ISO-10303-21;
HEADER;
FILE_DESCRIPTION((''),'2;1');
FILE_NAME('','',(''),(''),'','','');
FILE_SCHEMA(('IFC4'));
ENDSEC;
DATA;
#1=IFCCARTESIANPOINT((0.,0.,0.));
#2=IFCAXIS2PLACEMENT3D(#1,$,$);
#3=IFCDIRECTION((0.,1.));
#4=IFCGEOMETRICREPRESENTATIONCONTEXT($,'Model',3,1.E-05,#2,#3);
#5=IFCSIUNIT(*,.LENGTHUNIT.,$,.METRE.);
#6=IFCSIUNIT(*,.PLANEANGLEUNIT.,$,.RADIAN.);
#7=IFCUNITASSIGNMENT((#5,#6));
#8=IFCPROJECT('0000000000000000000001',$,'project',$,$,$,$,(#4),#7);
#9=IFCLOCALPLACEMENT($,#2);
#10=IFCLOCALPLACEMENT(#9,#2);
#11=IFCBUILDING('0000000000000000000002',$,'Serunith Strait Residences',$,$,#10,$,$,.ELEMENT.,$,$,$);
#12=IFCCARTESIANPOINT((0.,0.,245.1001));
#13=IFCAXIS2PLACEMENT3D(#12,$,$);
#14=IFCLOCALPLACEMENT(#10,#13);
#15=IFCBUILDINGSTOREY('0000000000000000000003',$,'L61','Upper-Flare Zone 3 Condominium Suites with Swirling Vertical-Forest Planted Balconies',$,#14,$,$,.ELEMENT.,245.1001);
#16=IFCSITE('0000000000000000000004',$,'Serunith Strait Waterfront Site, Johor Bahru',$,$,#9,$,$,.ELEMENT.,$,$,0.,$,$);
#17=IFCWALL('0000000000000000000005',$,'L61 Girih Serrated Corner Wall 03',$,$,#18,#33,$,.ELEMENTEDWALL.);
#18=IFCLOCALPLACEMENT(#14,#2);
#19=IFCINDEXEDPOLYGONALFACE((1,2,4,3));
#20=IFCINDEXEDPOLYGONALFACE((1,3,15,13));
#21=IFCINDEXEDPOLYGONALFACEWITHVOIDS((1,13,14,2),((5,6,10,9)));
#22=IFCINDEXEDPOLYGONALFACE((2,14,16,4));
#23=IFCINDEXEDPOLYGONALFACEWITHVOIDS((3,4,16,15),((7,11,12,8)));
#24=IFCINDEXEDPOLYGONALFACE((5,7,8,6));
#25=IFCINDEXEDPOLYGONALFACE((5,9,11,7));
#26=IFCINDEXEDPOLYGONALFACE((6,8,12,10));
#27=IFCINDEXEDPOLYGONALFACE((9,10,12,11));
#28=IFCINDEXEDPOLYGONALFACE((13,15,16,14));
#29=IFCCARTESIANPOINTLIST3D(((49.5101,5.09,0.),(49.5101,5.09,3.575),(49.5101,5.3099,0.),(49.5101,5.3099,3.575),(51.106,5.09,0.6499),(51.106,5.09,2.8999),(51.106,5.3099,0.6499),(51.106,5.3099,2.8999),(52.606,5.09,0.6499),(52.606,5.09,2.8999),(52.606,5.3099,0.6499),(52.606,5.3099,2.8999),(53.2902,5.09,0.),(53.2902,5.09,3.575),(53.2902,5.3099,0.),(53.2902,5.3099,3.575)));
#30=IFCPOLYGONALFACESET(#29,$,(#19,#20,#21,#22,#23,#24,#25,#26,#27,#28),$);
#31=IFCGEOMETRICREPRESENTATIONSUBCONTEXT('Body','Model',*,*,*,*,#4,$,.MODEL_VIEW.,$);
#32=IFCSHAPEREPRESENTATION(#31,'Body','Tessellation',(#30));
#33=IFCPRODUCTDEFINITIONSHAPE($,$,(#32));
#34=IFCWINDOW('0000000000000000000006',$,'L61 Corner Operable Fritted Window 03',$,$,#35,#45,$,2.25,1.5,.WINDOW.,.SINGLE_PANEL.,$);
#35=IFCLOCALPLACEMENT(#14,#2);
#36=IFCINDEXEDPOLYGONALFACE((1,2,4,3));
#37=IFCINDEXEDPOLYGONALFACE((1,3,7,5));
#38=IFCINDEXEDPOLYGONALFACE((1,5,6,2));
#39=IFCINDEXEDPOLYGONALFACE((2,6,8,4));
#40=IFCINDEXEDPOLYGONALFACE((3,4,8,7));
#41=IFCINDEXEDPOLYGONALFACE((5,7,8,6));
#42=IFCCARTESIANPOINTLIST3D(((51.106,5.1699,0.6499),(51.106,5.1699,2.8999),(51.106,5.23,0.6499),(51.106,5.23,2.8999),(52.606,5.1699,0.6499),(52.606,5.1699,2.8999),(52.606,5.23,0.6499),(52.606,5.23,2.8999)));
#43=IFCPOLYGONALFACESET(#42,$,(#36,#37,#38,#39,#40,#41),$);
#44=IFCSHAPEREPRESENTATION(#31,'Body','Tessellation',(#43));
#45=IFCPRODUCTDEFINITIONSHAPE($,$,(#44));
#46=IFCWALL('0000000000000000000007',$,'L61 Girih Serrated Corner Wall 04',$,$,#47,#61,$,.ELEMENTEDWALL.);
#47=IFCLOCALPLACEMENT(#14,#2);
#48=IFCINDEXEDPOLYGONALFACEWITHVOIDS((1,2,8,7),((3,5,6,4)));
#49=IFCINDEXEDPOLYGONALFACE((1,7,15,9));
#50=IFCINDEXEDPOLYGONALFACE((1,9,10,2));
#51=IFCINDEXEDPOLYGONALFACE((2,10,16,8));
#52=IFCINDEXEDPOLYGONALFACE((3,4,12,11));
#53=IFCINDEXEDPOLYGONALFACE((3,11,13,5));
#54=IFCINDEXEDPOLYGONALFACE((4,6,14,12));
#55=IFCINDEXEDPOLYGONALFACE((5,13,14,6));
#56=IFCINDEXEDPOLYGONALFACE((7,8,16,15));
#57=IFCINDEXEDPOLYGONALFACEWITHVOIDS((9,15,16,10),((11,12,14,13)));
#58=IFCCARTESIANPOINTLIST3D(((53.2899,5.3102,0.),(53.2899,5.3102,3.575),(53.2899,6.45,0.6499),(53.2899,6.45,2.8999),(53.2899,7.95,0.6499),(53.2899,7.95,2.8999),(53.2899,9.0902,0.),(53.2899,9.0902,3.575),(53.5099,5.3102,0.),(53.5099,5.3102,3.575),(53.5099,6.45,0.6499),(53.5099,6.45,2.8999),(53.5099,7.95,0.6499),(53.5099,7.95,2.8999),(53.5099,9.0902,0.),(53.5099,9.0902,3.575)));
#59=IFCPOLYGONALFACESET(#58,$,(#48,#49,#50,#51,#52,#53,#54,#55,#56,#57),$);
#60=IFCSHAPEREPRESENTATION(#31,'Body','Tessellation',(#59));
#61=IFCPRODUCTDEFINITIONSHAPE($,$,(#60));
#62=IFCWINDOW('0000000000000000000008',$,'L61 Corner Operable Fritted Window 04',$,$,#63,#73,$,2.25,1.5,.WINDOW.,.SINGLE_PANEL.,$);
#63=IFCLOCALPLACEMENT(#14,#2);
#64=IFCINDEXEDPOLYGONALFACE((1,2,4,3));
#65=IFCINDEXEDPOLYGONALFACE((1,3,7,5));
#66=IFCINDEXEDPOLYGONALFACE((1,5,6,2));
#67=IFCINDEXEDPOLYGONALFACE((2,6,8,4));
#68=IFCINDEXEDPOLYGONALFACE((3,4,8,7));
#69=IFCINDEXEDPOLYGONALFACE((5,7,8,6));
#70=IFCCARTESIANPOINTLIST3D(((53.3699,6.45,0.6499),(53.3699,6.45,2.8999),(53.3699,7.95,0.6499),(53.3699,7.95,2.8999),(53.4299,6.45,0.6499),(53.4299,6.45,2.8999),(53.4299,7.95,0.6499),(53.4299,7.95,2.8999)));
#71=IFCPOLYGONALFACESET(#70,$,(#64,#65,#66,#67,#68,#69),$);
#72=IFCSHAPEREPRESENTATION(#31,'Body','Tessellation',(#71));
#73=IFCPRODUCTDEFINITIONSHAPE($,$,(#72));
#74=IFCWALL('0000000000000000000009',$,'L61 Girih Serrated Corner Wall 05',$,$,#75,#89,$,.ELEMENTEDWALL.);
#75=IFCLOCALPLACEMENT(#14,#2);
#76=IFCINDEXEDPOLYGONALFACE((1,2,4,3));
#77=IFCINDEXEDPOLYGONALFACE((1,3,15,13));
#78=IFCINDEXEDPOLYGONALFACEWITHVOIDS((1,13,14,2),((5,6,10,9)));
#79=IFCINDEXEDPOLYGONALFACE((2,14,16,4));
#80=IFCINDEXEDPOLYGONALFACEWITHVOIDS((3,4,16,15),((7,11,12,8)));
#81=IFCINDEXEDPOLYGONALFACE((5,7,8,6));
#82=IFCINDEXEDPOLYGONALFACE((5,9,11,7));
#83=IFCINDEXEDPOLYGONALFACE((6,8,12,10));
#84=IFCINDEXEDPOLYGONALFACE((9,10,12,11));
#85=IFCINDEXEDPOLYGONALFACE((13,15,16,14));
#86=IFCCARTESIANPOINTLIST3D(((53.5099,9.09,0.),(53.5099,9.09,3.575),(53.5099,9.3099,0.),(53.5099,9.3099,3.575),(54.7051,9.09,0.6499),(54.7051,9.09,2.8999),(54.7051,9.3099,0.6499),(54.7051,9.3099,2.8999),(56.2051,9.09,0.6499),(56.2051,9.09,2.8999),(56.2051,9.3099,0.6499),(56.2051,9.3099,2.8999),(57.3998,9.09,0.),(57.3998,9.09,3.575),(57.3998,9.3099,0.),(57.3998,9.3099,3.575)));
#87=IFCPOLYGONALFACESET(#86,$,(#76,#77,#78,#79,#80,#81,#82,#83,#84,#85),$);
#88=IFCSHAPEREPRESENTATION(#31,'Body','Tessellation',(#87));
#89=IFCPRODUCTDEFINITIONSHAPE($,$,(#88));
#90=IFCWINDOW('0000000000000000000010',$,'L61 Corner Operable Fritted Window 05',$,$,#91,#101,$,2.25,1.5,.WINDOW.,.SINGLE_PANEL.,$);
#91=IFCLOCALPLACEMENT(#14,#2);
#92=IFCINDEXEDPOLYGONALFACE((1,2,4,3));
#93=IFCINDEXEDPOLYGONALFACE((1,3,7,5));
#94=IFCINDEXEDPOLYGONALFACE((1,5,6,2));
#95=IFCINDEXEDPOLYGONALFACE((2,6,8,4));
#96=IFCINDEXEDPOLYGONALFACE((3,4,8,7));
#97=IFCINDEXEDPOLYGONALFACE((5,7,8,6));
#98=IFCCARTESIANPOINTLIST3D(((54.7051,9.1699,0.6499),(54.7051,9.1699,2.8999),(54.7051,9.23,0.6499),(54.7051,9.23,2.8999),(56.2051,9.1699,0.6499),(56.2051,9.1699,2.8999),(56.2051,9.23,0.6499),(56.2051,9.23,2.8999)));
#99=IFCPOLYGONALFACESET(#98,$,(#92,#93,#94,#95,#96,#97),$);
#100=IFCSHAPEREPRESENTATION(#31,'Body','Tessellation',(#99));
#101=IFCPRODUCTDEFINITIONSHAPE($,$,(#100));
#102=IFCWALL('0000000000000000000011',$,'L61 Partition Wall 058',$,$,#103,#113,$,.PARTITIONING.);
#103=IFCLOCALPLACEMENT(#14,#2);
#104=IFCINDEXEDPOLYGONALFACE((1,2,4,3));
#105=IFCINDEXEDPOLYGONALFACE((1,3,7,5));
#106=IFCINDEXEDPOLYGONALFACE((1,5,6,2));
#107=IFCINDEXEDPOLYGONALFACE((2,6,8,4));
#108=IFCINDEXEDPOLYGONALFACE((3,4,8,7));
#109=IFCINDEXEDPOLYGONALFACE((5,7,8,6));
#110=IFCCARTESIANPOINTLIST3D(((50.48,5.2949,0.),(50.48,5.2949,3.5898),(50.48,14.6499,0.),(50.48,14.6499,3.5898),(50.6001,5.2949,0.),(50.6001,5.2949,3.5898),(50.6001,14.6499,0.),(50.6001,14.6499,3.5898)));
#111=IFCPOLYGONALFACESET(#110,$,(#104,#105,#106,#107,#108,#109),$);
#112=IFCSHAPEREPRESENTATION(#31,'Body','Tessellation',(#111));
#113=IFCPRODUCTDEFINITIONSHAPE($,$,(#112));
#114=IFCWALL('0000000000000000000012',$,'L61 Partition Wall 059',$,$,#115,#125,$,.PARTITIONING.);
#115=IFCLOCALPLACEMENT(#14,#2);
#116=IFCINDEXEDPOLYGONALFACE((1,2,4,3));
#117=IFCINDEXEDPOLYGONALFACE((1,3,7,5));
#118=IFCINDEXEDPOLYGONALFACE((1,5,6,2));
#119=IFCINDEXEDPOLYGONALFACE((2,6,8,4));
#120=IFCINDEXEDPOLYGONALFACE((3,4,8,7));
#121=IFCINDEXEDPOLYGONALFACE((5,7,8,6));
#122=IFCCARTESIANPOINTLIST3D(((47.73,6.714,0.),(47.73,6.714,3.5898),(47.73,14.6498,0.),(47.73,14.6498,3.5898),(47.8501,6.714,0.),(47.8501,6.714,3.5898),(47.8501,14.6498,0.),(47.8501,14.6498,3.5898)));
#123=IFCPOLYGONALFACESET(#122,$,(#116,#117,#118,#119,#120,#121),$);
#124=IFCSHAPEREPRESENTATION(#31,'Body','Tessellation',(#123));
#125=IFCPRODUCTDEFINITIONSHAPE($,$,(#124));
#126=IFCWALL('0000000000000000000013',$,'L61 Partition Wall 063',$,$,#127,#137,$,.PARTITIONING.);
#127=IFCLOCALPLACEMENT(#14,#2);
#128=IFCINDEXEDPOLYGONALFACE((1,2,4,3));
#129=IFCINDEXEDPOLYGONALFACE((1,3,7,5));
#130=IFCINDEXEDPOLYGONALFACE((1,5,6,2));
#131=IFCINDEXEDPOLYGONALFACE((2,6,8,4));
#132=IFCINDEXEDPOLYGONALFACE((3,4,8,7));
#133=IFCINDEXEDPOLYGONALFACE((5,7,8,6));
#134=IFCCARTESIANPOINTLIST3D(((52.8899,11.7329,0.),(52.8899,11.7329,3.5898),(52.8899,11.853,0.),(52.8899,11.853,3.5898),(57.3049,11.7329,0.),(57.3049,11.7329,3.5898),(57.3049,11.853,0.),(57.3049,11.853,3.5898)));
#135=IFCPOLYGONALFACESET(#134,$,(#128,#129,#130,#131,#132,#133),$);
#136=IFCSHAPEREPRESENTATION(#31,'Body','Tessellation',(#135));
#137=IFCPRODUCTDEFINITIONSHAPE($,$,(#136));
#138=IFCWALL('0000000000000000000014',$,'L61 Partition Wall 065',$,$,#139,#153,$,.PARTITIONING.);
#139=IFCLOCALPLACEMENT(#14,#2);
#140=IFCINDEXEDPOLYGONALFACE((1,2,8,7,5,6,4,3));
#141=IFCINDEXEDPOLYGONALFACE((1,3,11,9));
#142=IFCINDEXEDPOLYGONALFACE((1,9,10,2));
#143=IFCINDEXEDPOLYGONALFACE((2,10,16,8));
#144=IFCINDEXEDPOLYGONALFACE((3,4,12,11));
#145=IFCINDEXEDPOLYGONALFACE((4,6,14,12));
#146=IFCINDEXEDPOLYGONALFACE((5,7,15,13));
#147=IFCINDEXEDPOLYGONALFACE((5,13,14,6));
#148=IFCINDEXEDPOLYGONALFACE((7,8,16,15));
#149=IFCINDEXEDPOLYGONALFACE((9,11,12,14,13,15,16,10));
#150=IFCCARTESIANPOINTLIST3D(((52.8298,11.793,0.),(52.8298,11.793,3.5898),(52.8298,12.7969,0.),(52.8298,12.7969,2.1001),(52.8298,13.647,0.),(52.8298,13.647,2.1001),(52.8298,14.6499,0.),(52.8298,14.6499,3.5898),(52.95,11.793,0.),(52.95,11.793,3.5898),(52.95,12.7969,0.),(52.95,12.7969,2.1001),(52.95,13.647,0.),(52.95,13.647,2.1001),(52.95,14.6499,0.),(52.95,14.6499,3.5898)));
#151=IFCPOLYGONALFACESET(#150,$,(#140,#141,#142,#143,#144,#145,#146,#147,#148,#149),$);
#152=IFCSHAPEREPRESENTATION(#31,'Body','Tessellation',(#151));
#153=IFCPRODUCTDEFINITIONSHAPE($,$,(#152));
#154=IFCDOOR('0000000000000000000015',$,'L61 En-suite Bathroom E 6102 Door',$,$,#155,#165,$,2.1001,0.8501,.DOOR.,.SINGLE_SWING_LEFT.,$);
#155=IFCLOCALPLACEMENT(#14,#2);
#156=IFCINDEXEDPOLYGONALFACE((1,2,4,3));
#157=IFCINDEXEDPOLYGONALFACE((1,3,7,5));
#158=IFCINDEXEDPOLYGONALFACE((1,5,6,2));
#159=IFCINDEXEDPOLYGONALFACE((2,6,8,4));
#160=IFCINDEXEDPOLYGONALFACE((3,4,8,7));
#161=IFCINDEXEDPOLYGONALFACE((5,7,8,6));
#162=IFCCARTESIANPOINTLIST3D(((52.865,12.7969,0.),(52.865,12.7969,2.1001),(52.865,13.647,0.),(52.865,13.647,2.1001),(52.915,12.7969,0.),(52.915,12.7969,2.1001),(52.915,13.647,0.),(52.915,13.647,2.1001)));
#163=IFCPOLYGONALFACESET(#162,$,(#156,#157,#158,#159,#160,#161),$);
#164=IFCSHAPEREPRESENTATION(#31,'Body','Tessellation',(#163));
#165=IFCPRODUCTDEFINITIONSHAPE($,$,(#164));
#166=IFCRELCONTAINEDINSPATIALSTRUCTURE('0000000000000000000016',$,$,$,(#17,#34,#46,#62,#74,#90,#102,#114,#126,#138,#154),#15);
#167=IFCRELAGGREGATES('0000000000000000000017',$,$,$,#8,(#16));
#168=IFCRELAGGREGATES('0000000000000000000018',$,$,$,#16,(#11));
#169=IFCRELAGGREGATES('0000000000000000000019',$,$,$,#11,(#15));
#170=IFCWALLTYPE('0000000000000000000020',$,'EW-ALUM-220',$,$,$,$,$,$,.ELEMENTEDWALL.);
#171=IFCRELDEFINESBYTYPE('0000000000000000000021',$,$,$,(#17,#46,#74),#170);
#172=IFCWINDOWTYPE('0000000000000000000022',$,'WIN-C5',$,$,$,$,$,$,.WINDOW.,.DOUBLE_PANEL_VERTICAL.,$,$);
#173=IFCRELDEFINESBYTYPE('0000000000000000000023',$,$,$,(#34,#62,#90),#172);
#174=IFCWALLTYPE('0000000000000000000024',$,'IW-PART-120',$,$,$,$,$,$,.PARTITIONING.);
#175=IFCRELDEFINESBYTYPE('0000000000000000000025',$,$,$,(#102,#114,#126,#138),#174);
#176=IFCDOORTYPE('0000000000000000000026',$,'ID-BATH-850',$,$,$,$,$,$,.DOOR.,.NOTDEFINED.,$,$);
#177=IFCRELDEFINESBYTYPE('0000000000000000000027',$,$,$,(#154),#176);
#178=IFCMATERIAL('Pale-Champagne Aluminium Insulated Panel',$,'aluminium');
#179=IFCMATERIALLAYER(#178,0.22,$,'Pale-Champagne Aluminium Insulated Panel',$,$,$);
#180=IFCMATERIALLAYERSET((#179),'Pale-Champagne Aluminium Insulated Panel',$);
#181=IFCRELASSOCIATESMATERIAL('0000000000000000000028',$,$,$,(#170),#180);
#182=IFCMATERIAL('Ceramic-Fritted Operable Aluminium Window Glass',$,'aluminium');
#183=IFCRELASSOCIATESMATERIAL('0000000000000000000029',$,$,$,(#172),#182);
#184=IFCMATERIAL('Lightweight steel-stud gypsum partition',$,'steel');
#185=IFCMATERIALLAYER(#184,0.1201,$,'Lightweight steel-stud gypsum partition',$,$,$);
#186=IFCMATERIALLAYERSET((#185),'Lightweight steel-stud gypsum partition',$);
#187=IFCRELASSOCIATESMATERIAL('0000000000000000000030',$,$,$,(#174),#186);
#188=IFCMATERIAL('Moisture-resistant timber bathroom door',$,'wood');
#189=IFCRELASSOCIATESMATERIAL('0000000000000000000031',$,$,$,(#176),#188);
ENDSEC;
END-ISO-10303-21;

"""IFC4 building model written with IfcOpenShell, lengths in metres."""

from ifc_helpers import new_model, si_unit, direction, frame, frame_2d, origin, place, context, subcontext, project, spatial, rectangle, extrude, source, transform, mapped, material, layer, layer_set, type_object, element, fill, save


model = new_model("IFC4")

# Units and contexts
model_context = context("Model", 3, precision=1e-05, world=origin(), true_north=direction((0.0, 1.0)))
body_context = subcontext(model_context, "Body", "Model", "MODEL_VIEW")
ifc_project = project(units=[si_unit("LENGTHUNIT", "METRE"), si_unit("PLANEANGLEUNIT", "RADIAN")], contexts=[model_context])

# Site, building, storey
site_placement = place(None, origin())
site = spatial("IfcSite", under=ifc_project, at=site_placement, Name="Serunith Strait Waterfront Site, Johor Bahru", CompositionType="ELEMENT", RefElevation=0.0)
building_placement = place(site_placement, origin())
building = spatial("IfcBuilding", under=site, at=building_placement, Name="Serunith Strait Residences", CompositionType="ELEMENT")
storey_placement = place(building_placement, frame((0.0, 0.0, 245.1001)))
storey = spatial("IfcBuildingStorey", under=building, at=storey_placement, Name="L61", Description="Upper-Flare Zone 3 Condominium Suites with Swirling Vertical-Forest Planted Balconies", CompositionType="ELEMENT", Elevation=245.1001)

# Walls, openings, windows
ifc_material_1 = material(Name="Pale-Champagne Aluminium Insulated Panel", Category="aluminium")
ifc_layer_1 = layer(ifc_material_1, 0.22, Name="Pale-Champagne Aluminium Insulated Panel")
ifc_layer_set_1 = layer_set([ifc_layer_1], Name="Pale-Champagne Aluminium Insulated Panel")
wall_type_1 = type_object("IfcWallType", Name="EW-ALUM-220", PredefinedType="ELEMENTEDWALL", material=ifc_layer_set_1)
ifc_material_2 = material(Name="Ceramic-Fritted Operable Aluminium Window Glass", Category="aluminium")
window_type = type_object("IfcWindowType", Name="WIN-C5", PartitioningType="DOUBLE_PANEL_VERTICAL", PredefinedType="WINDOW", material=ifc_material_2)
shared_shape_1 = source(origin(), body_context, "Body", "SweptSolid", [
    extrude(rectangle(XDim=1.5, YDim=2.25, at=frame_2d((0.75, 1.125))), frame((0.0, 0.03, 0.0), z_axis=(0.0, -1.0, 0.0), x_axis=(1.0, 0.0, 0.0)), (0.0, 0.0, 1.0), 0.0601),
])
wall_1_placement = place(storey_placement, frame((49.51, 5.2, 0.0), z_axis=(0.0, 0.0, 1.0), x_axis=(1.0, 0.0, 0.0)))
wall_1 = element("IfcWall", 1, at=wall_1_placement, inside=storey, type_object=wall_type_1, Name="L61 Girih Serrated Corner Wall 03", PredefinedType="ELEMENTEDWALL", context=body_context, shape_type="SweptSolid", body=[
    extrude(rectangle(XDim=3.78, YDim=0.22, at=frame_2d((1.8901, 0.0))), origin(), (0.0, 0.0, 1.0), 3.575),
])
opening_1_placement = place(wall_1_placement, frame((1.5959, 0.0, 0.6499)))
opening_1 = element("IfcOpeningElement", 2, at=opening_1_placement, cuts=wall_1, PredefinedType="OPENING", context=body_context, shape_type="SweptSolid", body=[
    extrude(rectangle(XDim=1.5, YDim=2.25, at=frame_2d((0.75, 1.125))), frame((0.0, 0.1201, 0.0), z_axis=(0.0, -1.0, 0.0), x_axis=(1.0, 0.0, 0.0)), (0.0, 0.0, 1.0), 0.24),
])
window_1_placement = place(opening_1_placement, origin())
window_1 = element("IfcWindow", 3, at=window_1_placement, inside=storey, type_object=window_type, Name="L61 Corner Operable Fritted Window 03", OverallHeight=2.25, OverallWidth=1.5, PartitioningType="SINGLE_PANEL", PredefinedType="WINDOW", context=body_context, shape_type="MappedRepresentation", body=[
    mapped(shared_shape_1, transform((0.0, 0.0, 0.0), scale=1.0)),
])
fill(opening_1, window_1)
wall_2_placement = place(storey_placement, frame((53.3999, 5.3101, 0.0), z_axis=(0.0, 0.0, 1.0), x_axis=(0.0, 1.0, 0.0)))
wall_2 = element("IfcWall", 4, at=wall_2_placement, inside=storey, type_object=wall_type_1, Name="L61 Girih Serrated Corner Wall 04", PredefinedType="ELEMENTEDWALL", context=body_context, shape_type="SweptSolid", body=[
    extrude(rectangle(XDim=3.78, YDim=0.22, at=frame_2d((1.8901, 0.0))), origin(), (0.0, 0.0, 1.0), 3.575),
])
opening_2_placement = place(wall_2_placement, frame((1.1399, 0.0, 0.6499)))
opening_2 = element("IfcOpeningElement", 5, at=opening_2_placement, cuts=wall_2, PredefinedType="OPENING", context=body_context, shape_type="SweptSolid", body=[
    extrude(rectangle(XDim=1.5, YDim=2.25, at=frame_2d((0.75, 1.125))), frame((0.0, 0.1201, 0.0), z_axis=(0.0, -1.0, 0.0), x_axis=(1.0, 0.0, 0.0)), (0.0, 0.0, 1.0), 0.24),
])
window_2_placement = place(opening_2_placement, origin())
window_2 = element("IfcWindow", 6, at=window_2_placement, inside=storey, type_object=window_type, Name="L61 Corner Operable Fritted Window 04", OverallHeight=2.25, OverallWidth=1.5, PartitioningType="SINGLE_PANEL", PredefinedType="WINDOW", context=body_context, shape_type="MappedRepresentation", body=[
    mapped(shared_shape_1, transform((0.0, 0.0, 0.0), scale=1.0)),
])
fill(opening_2, window_2)
wall_3_placement = place(storey_placement, frame((53.51, 9.2, 0.0), z_axis=(0.0, 0.0, 1.0), x_axis=(1.0, 0.0, 0.0)))
wall_3 = element("IfcWall", 7, at=wall_3_placement, inside=storey, type_object=wall_type_1, Name="L61 Girih Serrated Corner Wall 05", PredefinedType="ELEMENTEDWALL", context=body_context, shape_type="SweptSolid", body=[
    extrude(rectangle(XDim=3.8899, YDim=0.22, at=frame_2d((1.9448, 0.0))), origin(), (0.0, 0.0, 1.0), 3.575),
])
opening_3_placement = place(wall_3_placement, frame((1.1951, 0.0, 0.6499)))
opening_3 = element("IfcOpeningElement", 8, at=opening_3_placement, cuts=wall_3, PredefinedType="OPENING", context=body_context, shape_type="SweptSolid", body=[
    extrude(rectangle(XDim=1.5, YDim=2.25, at=frame_2d((0.75, 1.125))), frame((0.0, 0.1201, 0.0), z_axis=(0.0, -1.0, 0.0), x_axis=(1.0, 0.0, 0.0)), (0.0, 0.0, 1.0), 0.24),
])
window_3_placement = place(opening_3_placement, origin())
window_3 = element("IfcWindow", 9, at=window_3_placement, inside=storey, type_object=window_type, Name="L61 Corner Operable Fritted Window 05", OverallHeight=2.25, OverallWidth=1.5, PartitioningType="SINGLE_PANEL", PredefinedType="WINDOW", context=body_context, shape_type="MappedRepresentation", body=[
    mapped(shared_shape_1, transform((0.0, 0.0, 0.0), scale=1.0)),
])
fill(opening_3, window_3)

# Walls
ifc_material_3 = material(Name="Lightweight steel-stud gypsum partition", Category="steel")
ifc_layer_2 = layer(ifc_material_3, 0.1201, Name="Lightweight steel-stud gypsum partition")
ifc_layer_set_2 = layer_set([ifc_layer_2], Name="Lightweight steel-stud gypsum partition")
wall_type_2 = type_object("IfcWallType", Name="IW-PART-120", PredefinedType="PARTITIONING", material=ifc_layer_set_2)
wall_4_placement = place(storey_placement, frame((50.54, 5.2949, 0.0), z_axis=(0.0, 0.0, 1.0), x_axis=(0.0, 1.0, 0.0)))
element("IfcWall", 10, at=wall_4_placement, inside=storey, type_object=wall_type_2, Name="L61 Partition Wall 058", PredefinedType="PARTITIONING", context=body_context, shape_type="SweptSolid", body=[
    extrude(rectangle(XDim=9.355, YDim=0.1201, at=frame_2d((4.6775, 0.0))), origin(), (0.0, 0.0, 1.0), 3.5898),
])
wall_5_placement = place(storey_placement, frame((47.79, 6.7141, 0.0), z_axis=(0.0, 0.0, 1.0), x_axis=(0.0, 1.0, 0.0)))
element("IfcWall", 11, at=wall_5_placement, inside=storey, type_object=wall_type_2, Name="L61 Partition Wall 059", PredefinedType="PARTITIONING", context=body_context, shape_type="SweptSolid", body=[
    extrude(rectangle(XDim=7.9358, YDim=0.1201, at=frame_2d((3.9678, 0.0))), origin(), (0.0, 0.0, 1.0), 3.5898),
])
wall_6_placement = place(storey_placement, frame((52.8899, 11.793, 0.0), z_axis=(0.0, 0.0, 1.0), x_axis=(1.0, 0.0, 0.0)))
element("IfcWall", 12, at=wall_6_placement, inside=storey, type_object=wall_type_2, Name="L61 Partition Wall 063", PredefinedType="PARTITIONING", context=body_context, shape_type="SweptSolid", body=[
    extrude(rectangle(XDim=4.415, YDim=0.1201, at=frame_2d((2.2075, 0.0))), origin(), (0.0, 0.0, 1.0), 3.5898),
])

# Wall, opening, door
wall_7_placement = place(storey_placement, frame((52.8899, 11.793, 0.0), z_axis=(0.0, 0.0, 1.0), x_axis=(0.0, 1.0, 0.0)))
wall_7 = element("IfcWall", 13, at=wall_7_placement, inside=storey, type_object=wall_type_2, Name="L61 Partition Wall 065", PredefinedType="PARTITIONING", context=body_context, shape_type="SweptSolid", body=[
    extrude(rectangle(XDim=2.8569, YDim=0.1201, at=frame_2d((1.4285, 0.0))), origin(), (0.0, 0.0, 1.0), 3.5898),
])
opening_4_placement = place(wall_7_placement, frame((1.0039, 0.0, 0.0)))
opening_4 = element("IfcOpeningElement", 14, at=opening_4_placement, cuts=wall_7, PredefinedType="OPENING", context=body_context, shape_type="SweptSolid", body=[
    extrude(rectangle(XDim=0.8501, YDim=2.1001, at=frame_2d((0.425, 1.05))), frame((0.0, 0.0701, 0.0), z_axis=(0.0, -1.0, 0.0), x_axis=(1.0, 0.0, 0.0)), (0.0, 0.0, 1.0), 0.1401),
])
ifc_material_4 = material(Name="Moisture-resistant timber bathroom door", Category="wood")
door_type = type_object("IfcDoorType", Name="ID-BATH-850", OperationType="NOTDEFINED", PredefinedType="DOOR", material=ifc_material_4)
shared_shape_2 = source(origin(), body_context, "Body", "SweptSolid", [
    extrude(rectangle(XDim=0.8501, YDim=2.1001, at=frame_2d((0.425, 1.05))), frame((0.0, 0.0249, 0.0), z_axis=(0.0, -1.0, 0.0), x_axis=(1.0, 0.0, 0.0)), (0.0, 0.0, 1.0), 0.05),
])
door_placement = place(opening_4_placement, origin())
door = element("IfcDoor", 15, at=door_placement, inside=storey, type_object=door_type, Name="L61 En-suite Bathroom E 6102 Door", OperationType="SINGLE_SWING_LEFT", OverallHeight=2.1001, OverallWidth=0.8501, PredefinedType="DOOR", context=body_context, shape_type="MappedRepresentation", body=[
    mapped(shared_shape_2, transform((0.0, 0.0, 0.0), scale=1.0)),
])
fill(opening_4, door)

save(model, "model.ifc")
